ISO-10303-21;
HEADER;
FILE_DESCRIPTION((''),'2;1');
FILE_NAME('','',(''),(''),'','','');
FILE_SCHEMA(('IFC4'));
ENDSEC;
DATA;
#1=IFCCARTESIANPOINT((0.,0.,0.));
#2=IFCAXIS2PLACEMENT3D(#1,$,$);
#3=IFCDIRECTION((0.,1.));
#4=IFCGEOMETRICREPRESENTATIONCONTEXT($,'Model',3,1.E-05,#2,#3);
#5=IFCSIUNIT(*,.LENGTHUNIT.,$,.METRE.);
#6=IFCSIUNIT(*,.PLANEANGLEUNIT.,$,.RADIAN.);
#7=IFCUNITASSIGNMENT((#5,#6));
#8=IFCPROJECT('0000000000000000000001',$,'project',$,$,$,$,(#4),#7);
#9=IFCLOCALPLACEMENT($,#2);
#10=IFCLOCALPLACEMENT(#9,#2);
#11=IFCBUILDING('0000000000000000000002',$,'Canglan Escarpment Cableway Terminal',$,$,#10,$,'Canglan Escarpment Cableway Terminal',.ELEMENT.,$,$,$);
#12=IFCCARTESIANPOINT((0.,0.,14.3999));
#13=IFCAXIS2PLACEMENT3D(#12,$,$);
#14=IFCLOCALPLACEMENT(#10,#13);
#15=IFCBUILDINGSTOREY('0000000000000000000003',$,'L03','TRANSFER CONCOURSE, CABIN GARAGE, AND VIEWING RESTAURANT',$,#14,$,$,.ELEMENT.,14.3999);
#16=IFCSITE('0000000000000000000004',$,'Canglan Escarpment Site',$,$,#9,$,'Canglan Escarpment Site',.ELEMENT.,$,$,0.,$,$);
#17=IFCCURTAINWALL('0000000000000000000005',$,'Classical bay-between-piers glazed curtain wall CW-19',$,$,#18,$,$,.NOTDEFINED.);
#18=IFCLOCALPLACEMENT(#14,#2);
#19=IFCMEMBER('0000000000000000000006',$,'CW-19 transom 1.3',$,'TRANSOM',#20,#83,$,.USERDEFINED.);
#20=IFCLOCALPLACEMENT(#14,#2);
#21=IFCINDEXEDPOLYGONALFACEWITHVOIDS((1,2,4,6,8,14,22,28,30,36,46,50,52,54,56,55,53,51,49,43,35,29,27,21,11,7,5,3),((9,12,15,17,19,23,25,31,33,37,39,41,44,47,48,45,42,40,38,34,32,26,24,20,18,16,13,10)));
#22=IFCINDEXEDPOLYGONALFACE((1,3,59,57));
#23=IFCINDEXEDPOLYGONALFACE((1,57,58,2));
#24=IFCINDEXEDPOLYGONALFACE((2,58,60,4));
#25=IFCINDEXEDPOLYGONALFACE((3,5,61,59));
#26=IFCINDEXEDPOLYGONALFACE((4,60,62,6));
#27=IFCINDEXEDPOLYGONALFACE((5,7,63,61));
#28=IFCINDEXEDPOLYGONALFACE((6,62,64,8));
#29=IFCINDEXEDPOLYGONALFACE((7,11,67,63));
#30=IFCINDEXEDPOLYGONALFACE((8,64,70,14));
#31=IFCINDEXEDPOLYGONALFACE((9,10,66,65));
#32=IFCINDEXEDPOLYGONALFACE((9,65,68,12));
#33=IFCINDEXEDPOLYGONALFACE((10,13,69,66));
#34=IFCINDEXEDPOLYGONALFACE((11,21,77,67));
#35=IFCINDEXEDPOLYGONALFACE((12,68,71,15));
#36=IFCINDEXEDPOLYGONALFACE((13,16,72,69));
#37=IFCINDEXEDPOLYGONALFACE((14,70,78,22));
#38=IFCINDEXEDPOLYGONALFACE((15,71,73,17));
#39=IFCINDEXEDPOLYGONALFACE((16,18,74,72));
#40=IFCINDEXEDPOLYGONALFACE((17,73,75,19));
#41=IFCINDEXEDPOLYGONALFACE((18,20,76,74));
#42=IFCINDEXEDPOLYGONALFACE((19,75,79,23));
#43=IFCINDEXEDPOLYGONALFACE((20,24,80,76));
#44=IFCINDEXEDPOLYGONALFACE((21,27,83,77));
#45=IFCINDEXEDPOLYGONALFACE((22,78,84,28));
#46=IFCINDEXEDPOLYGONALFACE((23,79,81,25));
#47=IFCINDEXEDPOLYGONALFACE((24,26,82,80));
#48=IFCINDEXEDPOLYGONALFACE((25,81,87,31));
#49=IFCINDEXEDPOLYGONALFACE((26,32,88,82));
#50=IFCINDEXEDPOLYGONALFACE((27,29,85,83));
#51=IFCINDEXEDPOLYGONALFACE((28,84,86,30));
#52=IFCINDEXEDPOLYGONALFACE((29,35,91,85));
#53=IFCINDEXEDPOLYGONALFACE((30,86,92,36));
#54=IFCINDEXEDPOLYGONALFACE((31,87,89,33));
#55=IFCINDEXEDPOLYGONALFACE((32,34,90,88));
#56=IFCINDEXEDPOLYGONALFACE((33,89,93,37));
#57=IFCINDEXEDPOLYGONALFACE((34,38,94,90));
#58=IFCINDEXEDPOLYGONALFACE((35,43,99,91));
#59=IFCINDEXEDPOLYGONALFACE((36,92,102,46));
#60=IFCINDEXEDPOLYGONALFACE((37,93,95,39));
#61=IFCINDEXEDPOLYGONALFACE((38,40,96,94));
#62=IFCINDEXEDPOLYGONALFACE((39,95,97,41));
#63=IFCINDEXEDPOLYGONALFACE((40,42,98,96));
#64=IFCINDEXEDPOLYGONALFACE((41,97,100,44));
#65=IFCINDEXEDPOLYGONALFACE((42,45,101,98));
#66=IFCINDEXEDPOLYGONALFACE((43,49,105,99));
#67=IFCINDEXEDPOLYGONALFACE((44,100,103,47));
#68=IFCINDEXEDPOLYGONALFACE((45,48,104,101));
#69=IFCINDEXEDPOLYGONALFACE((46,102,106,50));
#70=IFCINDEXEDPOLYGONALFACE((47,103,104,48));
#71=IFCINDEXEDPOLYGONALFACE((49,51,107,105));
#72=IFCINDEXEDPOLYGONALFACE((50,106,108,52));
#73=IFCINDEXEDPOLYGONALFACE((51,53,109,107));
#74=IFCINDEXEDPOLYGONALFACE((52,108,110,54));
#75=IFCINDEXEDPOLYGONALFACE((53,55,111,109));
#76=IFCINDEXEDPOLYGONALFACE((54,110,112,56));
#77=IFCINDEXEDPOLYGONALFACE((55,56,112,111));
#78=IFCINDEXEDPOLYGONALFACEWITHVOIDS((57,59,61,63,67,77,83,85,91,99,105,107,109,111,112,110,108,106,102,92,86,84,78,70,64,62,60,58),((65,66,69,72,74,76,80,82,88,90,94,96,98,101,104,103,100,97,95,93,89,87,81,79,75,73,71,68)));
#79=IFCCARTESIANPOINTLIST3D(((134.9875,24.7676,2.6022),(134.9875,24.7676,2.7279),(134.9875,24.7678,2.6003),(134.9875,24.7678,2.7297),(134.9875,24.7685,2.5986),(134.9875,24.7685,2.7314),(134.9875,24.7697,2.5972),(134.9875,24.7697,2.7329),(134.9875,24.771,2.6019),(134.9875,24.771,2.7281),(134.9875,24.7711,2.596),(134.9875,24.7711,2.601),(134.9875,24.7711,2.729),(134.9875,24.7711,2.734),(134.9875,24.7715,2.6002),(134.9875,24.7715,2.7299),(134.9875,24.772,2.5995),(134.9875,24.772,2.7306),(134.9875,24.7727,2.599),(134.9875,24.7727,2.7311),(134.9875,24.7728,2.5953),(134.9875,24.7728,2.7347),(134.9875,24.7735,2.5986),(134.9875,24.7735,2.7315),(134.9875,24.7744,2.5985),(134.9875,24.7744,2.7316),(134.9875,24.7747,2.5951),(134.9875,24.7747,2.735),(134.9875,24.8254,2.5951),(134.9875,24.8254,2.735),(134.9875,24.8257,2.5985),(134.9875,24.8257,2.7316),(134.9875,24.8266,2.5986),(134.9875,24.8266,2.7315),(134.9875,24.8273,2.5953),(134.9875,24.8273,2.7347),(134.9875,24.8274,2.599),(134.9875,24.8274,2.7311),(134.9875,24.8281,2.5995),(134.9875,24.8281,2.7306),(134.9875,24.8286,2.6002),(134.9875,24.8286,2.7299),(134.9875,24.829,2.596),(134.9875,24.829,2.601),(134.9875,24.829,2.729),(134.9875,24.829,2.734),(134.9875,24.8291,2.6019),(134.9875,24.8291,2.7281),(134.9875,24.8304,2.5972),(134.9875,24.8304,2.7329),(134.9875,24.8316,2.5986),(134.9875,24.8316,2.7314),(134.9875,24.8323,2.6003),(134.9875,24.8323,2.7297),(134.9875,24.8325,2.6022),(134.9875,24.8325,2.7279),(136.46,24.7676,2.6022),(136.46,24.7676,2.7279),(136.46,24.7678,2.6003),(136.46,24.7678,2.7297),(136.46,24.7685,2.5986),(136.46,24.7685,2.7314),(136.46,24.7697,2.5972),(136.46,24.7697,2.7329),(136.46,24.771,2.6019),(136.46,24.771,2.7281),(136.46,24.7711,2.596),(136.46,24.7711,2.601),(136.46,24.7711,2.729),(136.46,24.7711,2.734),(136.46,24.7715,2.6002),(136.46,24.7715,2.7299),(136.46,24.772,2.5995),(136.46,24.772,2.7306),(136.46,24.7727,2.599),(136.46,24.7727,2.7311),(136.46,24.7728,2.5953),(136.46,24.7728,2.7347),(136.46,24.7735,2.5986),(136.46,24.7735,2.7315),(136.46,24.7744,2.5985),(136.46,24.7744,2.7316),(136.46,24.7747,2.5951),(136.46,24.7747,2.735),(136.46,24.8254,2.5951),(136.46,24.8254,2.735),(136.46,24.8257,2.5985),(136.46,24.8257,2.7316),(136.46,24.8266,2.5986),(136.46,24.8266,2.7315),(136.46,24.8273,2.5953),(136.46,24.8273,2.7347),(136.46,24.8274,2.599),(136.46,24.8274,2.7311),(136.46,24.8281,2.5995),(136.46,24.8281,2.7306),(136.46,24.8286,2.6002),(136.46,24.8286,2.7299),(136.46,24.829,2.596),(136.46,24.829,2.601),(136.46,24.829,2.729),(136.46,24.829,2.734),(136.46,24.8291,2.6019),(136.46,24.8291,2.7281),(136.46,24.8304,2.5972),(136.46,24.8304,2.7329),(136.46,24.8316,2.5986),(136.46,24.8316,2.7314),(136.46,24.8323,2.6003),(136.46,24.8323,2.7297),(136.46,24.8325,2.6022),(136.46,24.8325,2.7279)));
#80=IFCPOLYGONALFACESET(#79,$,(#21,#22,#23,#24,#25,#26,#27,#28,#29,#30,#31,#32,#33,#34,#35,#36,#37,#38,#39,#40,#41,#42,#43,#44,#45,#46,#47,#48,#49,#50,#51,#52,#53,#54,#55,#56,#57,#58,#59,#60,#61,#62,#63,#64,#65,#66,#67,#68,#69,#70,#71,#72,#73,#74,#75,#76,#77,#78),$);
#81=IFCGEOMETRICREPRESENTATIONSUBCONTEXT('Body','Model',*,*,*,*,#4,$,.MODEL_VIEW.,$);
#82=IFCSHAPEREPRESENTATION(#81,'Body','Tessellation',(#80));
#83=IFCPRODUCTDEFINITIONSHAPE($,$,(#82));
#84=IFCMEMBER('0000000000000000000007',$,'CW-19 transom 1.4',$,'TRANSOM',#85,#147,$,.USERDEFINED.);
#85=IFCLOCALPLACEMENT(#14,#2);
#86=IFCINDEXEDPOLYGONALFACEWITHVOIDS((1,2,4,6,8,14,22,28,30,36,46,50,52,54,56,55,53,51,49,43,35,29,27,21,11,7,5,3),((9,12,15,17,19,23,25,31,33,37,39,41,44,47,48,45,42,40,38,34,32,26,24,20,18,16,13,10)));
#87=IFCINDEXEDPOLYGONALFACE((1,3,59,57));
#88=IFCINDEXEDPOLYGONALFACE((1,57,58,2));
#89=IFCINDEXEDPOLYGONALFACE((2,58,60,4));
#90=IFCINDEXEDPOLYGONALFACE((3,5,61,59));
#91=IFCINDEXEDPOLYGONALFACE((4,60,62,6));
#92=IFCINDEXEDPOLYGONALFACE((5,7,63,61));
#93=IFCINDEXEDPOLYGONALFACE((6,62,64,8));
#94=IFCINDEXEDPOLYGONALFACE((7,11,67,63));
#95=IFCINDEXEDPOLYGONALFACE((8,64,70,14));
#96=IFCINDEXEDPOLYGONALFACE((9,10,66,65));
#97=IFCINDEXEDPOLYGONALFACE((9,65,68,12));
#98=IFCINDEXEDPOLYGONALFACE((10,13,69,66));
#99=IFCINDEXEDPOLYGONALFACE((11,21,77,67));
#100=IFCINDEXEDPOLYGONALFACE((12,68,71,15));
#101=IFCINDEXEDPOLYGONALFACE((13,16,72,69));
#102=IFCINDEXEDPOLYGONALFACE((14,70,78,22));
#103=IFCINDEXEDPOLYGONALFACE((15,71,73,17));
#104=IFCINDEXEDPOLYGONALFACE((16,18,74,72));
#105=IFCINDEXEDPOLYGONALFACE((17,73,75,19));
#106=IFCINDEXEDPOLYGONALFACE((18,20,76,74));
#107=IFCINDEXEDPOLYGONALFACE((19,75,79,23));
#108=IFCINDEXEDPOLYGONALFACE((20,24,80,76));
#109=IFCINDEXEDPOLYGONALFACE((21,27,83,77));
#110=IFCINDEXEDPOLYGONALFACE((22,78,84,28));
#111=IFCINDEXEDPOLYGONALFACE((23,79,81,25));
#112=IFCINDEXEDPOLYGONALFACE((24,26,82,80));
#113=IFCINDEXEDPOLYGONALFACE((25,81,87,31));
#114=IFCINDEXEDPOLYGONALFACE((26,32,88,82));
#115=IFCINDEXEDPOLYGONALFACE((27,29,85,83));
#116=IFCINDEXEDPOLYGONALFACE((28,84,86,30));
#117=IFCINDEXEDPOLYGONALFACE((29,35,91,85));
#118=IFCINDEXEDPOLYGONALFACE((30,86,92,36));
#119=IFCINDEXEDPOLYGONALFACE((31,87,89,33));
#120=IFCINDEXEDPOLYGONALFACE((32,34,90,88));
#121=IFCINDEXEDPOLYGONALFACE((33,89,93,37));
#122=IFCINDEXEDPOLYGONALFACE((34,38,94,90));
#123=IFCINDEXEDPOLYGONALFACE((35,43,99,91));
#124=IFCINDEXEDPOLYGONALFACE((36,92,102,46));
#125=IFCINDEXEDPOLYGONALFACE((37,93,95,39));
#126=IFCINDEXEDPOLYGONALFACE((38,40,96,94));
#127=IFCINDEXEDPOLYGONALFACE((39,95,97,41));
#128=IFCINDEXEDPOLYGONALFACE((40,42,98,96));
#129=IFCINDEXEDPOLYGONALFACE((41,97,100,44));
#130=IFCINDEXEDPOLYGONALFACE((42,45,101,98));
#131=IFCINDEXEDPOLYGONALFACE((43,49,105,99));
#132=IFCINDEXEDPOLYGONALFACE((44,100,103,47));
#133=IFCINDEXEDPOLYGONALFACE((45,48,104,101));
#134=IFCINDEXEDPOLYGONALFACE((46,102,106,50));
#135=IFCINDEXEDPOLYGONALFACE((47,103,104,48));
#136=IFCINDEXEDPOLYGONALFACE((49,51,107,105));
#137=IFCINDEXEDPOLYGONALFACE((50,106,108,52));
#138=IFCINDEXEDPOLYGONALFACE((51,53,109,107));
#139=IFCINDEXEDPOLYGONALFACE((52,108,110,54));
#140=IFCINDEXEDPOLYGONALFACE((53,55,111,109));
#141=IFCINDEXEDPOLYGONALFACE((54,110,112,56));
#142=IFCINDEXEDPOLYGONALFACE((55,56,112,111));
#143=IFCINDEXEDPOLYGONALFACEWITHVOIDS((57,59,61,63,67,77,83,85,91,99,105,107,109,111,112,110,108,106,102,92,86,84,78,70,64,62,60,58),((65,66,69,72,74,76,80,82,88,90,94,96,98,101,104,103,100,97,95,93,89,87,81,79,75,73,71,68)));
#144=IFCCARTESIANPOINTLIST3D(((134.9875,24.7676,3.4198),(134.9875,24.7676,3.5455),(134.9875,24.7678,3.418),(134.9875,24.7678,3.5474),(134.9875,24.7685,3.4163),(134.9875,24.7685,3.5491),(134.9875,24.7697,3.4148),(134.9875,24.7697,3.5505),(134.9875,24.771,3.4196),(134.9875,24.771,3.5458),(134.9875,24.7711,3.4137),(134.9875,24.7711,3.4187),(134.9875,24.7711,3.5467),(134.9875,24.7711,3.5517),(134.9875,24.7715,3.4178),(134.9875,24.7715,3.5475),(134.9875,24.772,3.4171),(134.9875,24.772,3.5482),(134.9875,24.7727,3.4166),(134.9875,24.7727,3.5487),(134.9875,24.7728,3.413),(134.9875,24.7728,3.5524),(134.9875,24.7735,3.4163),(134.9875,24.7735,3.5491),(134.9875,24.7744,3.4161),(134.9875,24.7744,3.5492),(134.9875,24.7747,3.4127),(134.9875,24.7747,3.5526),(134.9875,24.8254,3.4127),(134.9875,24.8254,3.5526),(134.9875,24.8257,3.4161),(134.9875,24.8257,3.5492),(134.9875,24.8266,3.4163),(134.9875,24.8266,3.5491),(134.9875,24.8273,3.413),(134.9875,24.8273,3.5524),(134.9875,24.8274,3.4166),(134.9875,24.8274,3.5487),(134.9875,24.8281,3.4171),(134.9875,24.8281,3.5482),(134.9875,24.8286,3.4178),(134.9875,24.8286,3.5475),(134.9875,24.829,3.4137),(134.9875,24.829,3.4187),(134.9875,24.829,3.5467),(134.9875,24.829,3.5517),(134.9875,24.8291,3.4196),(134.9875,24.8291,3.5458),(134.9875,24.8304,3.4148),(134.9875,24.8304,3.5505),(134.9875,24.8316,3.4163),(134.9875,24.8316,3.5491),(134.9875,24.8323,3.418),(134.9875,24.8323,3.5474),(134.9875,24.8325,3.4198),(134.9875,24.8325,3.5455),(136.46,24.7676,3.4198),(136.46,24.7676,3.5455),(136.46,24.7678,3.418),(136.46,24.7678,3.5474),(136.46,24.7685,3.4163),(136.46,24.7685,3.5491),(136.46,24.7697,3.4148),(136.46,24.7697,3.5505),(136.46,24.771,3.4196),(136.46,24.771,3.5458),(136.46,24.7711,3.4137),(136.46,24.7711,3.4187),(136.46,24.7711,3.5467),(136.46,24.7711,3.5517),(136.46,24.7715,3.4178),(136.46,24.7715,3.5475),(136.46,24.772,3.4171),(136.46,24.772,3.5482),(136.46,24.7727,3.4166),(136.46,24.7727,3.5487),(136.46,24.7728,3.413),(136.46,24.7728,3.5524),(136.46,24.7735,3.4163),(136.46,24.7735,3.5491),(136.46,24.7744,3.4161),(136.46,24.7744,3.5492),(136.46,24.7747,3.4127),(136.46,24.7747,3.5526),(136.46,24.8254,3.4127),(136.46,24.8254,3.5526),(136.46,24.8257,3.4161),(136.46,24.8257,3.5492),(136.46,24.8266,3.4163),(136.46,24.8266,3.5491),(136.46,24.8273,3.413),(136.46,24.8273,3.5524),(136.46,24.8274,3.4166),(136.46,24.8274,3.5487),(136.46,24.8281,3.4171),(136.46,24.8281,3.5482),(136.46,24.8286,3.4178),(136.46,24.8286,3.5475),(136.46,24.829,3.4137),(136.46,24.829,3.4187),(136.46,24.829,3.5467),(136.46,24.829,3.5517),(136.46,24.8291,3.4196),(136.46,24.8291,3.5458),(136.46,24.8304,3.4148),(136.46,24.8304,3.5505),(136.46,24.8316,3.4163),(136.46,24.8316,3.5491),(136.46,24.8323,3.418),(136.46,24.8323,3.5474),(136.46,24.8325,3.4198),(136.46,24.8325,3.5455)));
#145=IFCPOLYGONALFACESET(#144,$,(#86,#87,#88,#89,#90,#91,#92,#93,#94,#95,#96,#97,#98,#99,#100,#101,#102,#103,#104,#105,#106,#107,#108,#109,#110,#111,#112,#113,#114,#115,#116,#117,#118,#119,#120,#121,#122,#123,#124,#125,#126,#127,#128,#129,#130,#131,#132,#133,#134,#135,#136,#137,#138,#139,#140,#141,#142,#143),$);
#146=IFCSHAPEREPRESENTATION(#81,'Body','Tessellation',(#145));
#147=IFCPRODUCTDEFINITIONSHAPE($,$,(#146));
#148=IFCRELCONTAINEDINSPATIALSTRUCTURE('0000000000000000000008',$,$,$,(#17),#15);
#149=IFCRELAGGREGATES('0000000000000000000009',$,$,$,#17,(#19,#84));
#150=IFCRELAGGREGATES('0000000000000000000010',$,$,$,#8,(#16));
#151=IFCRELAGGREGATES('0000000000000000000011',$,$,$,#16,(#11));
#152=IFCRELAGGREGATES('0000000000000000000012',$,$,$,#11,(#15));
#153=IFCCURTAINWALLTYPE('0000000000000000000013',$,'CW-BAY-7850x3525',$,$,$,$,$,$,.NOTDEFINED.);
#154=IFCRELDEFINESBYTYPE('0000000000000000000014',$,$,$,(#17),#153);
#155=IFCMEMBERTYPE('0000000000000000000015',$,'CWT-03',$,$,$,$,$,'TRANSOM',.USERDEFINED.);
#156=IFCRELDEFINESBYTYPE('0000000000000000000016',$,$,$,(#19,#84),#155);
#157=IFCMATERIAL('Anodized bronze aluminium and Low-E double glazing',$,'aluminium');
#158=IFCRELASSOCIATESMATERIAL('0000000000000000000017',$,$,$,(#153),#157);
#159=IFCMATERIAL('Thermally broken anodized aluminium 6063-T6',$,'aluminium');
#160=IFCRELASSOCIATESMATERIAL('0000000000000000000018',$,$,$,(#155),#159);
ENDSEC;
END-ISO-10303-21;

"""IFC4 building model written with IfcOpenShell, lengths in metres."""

from ifc_helpers import new_model, si_unit, direction, frame, origin, origin_2d, place, context, subcontext, project, spatial, hollow_rectangle, extrude, material, material_profile, profile_set, type_object, element, aggregate, save


model = new_model("IFC4")

# Units and contexts
model_context = context("Model", 3, precision=1e-05, world=origin(), true_north=direction((0.0, 1.0)))
body_context = subcontext(model_context, "Body", "Model", "MODEL_VIEW")
ifc_project = project(units=[si_unit("LENGTHUNIT", "METRE"), si_unit("PLANEANGLEUNIT", "RADIAN")], contexts=[model_context])

# Site, building, storey
site_placement = place(None, origin())
site = spatial("IfcSite", under=ifc_project, at=site_placement, Name="Canglan Escarpment Site", LongName="Canglan Escarpment Site", CompositionType="ELEMENT", RefElevation=0.0)
building_placement = place(site_placement, origin())
building = spatial("IfcBuilding", under=site, at=building_placement, Name="Canglan Escarpment Cableway Terminal", LongName="Canglan Escarpment Cableway Terminal", CompositionType="ELEMENT")
storey_placement = place(building_placement, frame((0.0, 0.0, 14.3999)))
storey = spatial("IfcBuildingStorey", under=building, at=storey_placement, Name="L03", Description="TRANSFER CONCOURSE, CABIN GARAGE, AND VIEWING RESTAURANT", CompositionType="ELEMENT", Elevation=14.3999)

# Curtain wall, members
ifc_material_1 = material(Name="Anodized bronze aluminium and Low-E double glazing", Category="aluminium")
curtain_wall_type = type_object("IfcCurtainWallType", Name="CW-BAY-7850x3525", PredefinedType="NOTDEFINED", material=ifc_material_1)
curtain_wall_placement = place(storey_placement, origin())
curtain_wall = element("IfcCurtainWall", 1, at=curtain_wall_placement, inside=storey, type_object=curtain_wall_type, Name="Classical bay-between-piers glazed curtain wall CW-19", PredefinedType="NOTDEFINED")
ifc_material_2 = material(Name="Thermally broken anodized aluminium 6063-T6", Category="aluminium")
ifc_material_profile_1 = material_profile(ifc_material_2, hollow_rectangle(XDim=0.0649, YDim=0.1399, WallThickness=0.0034, InnerFilletRadius=0.0034, OuterFilletRadius=0.0071, at=origin_2d()), Name="ALU-TRAN 65x140x3.5")
ifc_profile_set_1 = profile_set([ifc_material_profile_1], Name="Thermally broken anodized aluminium 6063-T6")
member_type_1 = type_object("IfcMemberType", Name="CWT-03", ElementType="TRANSOM", PredefinedType="USERDEFINED", material=ifc_profile_set_1)
member_1_placement = place(storey_placement, frame((136.46, 24.8, 2.665), z_axis=(-1.0, 0.0, 0.0), x_axis=(0.0, -1.0, 0.0)))
member_1 = element("IfcMember", 2, at=member_1_placement, type_object=member_type_1, Name="CW-19 transom 1.3", ObjectType="TRANSOM", PredefinedType="USERDEFINED", context=body_context, shape_type="SweptSolid", body=[
    extrude(hollow_rectangle(XDim=0.0649, YDim=0.1399, WallThickness=0.0034, InnerFilletRadius=0.0034, OuterFilletRadius=0.0071, at=origin_2d()), origin(), (0.0, 0.0, 1.0), 1.4724),
])
member_2_placement = place(storey_placement, frame((136.46, 24.8, 3.4827), z_axis=(-1.0, 0.0, 0.0), x_axis=(0.0, -1.0, 0.0)))
member_2 = element("IfcMember", 3, at=member_2_placement, type_object=member_type_1, Name="CW-19 transom 1.4", ObjectType="TRANSOM", PredefinedType="USERDEFINED", context=body_context, shape_type="SweptSolid", body=[
    extrude(hollow_rectangle(XDim=0.0649, YDim=0.1399, WallThickness=0.0034, InnerFilletRadius=0.0034, OuterFilletRadius=0.0071, at=origin_2d()), origin(), (0.0, 0.0, 1.0), 1.4724),
])

aggregate(curtain_wall, [member_1, member_2])

save(model, "model.ifc")
